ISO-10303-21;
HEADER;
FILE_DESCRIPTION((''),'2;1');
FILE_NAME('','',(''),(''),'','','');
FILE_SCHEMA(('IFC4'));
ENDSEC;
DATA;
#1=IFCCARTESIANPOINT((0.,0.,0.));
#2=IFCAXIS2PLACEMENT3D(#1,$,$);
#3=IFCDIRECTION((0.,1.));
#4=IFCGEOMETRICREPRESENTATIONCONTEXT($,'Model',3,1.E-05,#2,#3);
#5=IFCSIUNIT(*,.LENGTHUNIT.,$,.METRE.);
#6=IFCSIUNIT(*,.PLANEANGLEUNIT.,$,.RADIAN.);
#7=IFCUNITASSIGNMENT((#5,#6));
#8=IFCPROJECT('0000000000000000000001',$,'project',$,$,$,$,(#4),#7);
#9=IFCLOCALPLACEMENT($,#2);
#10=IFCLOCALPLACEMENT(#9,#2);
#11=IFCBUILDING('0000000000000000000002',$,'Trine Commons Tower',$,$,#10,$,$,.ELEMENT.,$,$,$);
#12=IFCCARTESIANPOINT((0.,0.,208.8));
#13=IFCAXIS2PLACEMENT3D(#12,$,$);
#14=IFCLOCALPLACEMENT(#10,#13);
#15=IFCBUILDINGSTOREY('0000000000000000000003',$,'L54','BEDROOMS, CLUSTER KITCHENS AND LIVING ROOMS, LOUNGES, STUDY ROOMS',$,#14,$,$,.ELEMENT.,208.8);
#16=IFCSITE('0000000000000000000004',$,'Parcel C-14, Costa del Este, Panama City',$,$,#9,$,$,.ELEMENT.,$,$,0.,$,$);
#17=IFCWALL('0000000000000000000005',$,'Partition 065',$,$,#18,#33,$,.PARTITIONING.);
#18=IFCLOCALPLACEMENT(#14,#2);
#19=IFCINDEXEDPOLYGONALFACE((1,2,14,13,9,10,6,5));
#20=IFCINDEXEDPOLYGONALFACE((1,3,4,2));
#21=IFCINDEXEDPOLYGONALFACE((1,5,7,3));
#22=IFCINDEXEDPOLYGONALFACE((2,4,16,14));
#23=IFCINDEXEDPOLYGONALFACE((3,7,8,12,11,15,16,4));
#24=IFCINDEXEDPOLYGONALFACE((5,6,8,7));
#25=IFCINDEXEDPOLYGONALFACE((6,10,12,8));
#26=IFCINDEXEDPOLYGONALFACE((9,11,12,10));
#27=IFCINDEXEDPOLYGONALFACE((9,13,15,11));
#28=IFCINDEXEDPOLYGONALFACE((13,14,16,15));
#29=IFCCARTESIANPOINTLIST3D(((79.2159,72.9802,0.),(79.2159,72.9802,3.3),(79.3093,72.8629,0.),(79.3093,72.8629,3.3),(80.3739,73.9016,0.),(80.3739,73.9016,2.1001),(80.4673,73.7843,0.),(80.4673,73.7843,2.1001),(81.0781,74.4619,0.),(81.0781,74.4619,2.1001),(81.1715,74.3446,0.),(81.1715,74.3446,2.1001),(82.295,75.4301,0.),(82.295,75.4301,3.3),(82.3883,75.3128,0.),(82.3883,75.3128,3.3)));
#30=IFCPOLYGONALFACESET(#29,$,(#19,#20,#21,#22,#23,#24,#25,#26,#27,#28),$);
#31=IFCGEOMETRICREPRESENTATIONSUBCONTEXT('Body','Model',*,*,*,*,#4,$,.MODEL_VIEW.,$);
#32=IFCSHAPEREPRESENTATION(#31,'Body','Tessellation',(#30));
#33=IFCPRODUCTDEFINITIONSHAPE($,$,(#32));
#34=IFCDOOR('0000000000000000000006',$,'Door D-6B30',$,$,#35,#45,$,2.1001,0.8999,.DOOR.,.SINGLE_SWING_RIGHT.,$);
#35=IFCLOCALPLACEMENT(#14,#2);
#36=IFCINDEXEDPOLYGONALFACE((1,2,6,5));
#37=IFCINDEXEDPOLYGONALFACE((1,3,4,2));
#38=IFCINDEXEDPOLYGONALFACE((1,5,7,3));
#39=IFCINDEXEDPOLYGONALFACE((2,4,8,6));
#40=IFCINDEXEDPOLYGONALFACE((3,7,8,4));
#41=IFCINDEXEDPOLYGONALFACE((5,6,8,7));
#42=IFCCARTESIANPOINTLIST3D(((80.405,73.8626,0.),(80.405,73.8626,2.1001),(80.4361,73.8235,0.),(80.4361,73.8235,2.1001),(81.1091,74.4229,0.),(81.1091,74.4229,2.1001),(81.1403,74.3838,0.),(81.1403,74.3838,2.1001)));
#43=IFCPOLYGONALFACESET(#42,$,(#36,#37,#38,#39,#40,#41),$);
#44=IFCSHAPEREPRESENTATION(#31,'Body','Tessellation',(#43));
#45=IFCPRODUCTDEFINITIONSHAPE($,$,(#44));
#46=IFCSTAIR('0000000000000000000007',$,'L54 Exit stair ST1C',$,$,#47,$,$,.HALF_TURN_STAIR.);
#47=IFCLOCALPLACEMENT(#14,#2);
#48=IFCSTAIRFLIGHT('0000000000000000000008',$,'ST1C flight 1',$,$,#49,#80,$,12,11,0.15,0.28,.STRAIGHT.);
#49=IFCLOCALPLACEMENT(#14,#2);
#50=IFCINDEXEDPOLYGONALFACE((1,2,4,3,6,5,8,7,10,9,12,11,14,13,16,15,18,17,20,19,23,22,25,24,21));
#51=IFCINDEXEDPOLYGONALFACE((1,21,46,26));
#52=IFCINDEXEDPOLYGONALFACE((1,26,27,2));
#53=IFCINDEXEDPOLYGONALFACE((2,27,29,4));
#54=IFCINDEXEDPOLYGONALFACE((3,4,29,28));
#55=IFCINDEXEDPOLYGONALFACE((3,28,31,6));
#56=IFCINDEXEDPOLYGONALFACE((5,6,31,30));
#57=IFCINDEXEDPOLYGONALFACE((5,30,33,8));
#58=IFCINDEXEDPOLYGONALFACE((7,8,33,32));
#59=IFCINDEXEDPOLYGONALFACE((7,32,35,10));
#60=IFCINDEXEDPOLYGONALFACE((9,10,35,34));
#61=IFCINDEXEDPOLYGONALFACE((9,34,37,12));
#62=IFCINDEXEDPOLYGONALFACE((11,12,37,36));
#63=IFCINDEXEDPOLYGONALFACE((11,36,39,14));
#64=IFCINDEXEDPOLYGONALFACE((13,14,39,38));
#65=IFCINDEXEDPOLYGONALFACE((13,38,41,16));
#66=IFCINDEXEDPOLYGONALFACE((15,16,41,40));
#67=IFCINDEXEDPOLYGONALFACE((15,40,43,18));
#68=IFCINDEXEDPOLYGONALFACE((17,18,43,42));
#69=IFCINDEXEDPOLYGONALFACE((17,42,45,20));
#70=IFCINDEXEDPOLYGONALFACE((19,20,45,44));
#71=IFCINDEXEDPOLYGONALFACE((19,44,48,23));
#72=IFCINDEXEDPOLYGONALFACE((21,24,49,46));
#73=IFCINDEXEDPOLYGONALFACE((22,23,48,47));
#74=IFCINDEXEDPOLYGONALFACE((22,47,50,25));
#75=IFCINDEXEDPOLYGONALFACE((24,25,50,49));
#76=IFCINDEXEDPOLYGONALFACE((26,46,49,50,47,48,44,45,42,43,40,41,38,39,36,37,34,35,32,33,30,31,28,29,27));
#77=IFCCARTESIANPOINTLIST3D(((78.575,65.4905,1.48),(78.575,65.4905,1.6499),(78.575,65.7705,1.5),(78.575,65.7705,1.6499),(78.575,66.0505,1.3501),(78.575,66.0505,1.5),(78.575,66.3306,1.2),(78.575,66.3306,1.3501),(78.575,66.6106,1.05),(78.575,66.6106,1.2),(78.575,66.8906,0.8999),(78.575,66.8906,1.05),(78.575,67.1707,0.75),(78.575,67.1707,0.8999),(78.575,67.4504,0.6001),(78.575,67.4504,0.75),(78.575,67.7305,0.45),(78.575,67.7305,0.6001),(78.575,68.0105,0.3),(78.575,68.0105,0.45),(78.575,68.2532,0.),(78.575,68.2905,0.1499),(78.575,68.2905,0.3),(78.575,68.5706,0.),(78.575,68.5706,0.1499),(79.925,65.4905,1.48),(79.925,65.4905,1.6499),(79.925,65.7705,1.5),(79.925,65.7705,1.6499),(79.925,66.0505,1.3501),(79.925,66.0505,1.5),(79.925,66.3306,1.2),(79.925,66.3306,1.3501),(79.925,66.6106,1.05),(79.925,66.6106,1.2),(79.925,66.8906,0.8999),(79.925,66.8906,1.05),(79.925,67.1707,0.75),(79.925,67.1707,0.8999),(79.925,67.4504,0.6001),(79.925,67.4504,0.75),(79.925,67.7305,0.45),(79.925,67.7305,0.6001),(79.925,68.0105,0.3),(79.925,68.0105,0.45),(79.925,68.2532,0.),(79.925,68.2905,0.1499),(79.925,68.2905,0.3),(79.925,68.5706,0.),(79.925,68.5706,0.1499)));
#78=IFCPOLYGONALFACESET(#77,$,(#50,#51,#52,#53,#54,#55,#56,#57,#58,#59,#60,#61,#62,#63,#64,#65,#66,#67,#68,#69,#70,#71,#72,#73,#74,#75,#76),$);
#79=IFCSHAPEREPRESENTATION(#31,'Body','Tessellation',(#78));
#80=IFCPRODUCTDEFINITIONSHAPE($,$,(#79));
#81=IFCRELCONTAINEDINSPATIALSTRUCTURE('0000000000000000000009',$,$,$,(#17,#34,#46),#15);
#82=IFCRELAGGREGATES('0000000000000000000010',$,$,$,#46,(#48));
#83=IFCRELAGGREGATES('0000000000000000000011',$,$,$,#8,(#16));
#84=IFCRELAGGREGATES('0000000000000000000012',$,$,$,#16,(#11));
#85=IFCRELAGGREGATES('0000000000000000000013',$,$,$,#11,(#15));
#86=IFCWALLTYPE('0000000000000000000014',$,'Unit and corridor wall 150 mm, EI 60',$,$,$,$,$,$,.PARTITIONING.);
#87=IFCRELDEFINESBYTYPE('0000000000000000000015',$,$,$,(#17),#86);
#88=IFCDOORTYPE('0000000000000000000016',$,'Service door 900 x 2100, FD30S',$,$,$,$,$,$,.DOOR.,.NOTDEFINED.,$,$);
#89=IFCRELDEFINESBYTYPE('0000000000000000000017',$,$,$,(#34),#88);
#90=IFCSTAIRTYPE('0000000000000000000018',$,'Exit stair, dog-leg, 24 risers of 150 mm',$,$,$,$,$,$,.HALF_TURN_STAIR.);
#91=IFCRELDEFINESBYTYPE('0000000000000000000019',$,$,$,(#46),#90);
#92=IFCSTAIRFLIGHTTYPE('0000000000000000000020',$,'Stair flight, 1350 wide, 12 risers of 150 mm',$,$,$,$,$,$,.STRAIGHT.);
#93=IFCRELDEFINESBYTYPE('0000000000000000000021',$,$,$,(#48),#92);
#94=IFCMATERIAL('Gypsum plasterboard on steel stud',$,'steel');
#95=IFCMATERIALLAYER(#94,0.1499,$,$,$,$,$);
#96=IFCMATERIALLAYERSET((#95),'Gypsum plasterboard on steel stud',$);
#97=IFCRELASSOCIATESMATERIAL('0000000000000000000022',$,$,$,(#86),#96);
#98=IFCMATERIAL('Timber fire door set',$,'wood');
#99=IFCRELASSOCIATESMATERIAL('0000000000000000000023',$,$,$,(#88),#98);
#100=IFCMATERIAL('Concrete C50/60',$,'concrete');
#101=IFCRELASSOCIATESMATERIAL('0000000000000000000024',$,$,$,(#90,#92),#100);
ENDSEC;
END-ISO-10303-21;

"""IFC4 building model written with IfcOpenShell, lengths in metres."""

from ifc_helpers import new_model, si_unit, direction, frame, frame_2d, origin, place, context, subcontext, project, spatial, polyline, rectangle, outline, extrude, material, layer, layer_set, type_object, element, fill, aggregate, save


model = new_model("IFC4")

# Units and contexts
model_context = context("Model", 3, precision=1e-05, world=origin(), true_north=direction((0.0, 1.0)))
body_context = subcontext(model_context, "Body", "Model", "MODEL_VIEW")
ifc_project = project(units=[si_unit("LENGTHUNIT", "METRE"), si_unit("PLANEANGLEUNIT", "RADIAN")], contexts=[model_context])

# Site, building, storey
site_placement = place(None, origin())
site = spatial("IfcSite", under=ifc_project, at=site_placement, Name="Parcel C-14, Costa del Este, Panama City", CompositionType="ELEMENT", RefElevation=0.0)
building_placement = place(site_placement, origin())
building = spatial("IfcBuilding", under=site, at=building_placement, Name="Trine Commons Tower", CompositionType="ELEMENT")
storey_placement = place(building_placement, frame((0.0, 0.0, 208.8)))
storey = spatial("IfcBuildingStorey", under=building, at=storey_placement, Name="L54", Description="BEDROOMS, CLUSTER KITCHENS AND LIVING ROOMS, LOUNGES, STUDY ROOMS", CompositionType="ELEMENT", Elevation=208.8)

# Shared definitions
ifc_material_1 = material(Name="Gypsum plasterboard on steel stud", Category="steel")
ifc_layer_1 = layer(ifc_material_1, 0.1499)
ifc_layer_set_1 = layer_set([ifc_layer_1], Name="Gypsum plasterboard on steel stud")
wall_type_1 = type_object("IfcWallType", Name="Unit and corridor wall 150 mm, EI 60", PredefinedType="PARTITIONING", material=ifc_layer_set_1)

# Shared definitions
ifc_material_2 = material(Name="Timber fire door set", Category="wood")

# Wall, opening, door
wall_1_placement = place(storey_placement, frame((79.2627, 72.9216, 0.0), z_axis=(0.0, 0.0, 1.0), x_axis=(0.782519, 0.622627, 0.0)))
wall_1 = element("IfcWall", 1, at=wall_1_placement, inside=storey, type_object=wall_type_1, Name="Partition 065", PredefinedType="PARTITIONING", context=body_context, shape_type="SweptSolid", body=[
    extrude(rectangle(XDim=3.9348, YDim=0.1499, at=frame_2d((1.9673, 0.0))), origin(), (0.0, 0.0, 1.0), 3.3),
])
opening_1_placement = place(wall_1_placement, frame((1.4797, 0.0, 0.0)))
opening_1 = element("IfcOpeningElement", 2, at=opening_1_placement, cuts=wall_1, PredefinedType="OPENING", context=body_context, shape_type="SweptSolid", body=[
    extrude(rectangle(XDim=0.8999, YDim=2.1001, at=frame_2d((0.45, 1.05))), frame((0.0, 0.085, 0.0), z_axis=(0.0, -1.0, 0.0), x_axis=(1.0, 0.0, 0.0)), (0.0, 0.0, 1.0), 0.1699),
])
door_type_1 = type_object("IfcDoorType", Name="Service door 900 x 2100, FD30S", OperationType="NOTDEFINED", PredefinedType="DOOR", material=ifc_material_2)
door_1_placement = place(opening_1_placement, frame((0.8999, 0.0, 0.0), z_axis=(0.0, 0.0, 1.0), x_axis=(-1.0, 0.0, 0.0)))
door_1 = element("IfcDoor", 3, at=door_1_placement, inside=storey, type_object=door_type_1, Name="Door D-6B30", OperationType="SINGLE_SWING_RIGHT", OverallHeight=2.1001, OverallWidth=0.8999, PredefinedType="DOOR", context=body_context, shape_type="SweptSolid", body=[
    extrude(rectangle(XDim=0.8999, YDim=2.1001, at=frame_2d((0.45, 1.05))), frame((0.0, 0.0249, 0.0), z_axis=(0.0, -1.0, 0.0), x_axis=(1.0, 0.0, 0.0)), (0.0, 0.0, 1.0), 0.05),
])
fill(opening_1, door_1)

# Stair, stair flight
ifc_material_3 = material(Name="Concrete C50/60", Category="concrete")
stair_type = type_object("IfcStairType", Name="Exit stair, dog-leg, 24 risers of 150 mm", PredefinedType="HALF_TURN_STAIR", material=ifc_material_3)
stair_placement = place(storey_placement, origin())
stair = element("IfcStair", 4, at=stair_placement, inside=storey, type_object=stair_type, Name="L54 Exit stair ST1C", PredefinedType="HALF_TURN_STAIR")
stair_flight_type = type_object("IfcStairFlightType", Name="Stair flight, 1350 wide, 12 risers of 150 mm", PredefinedType="STRAIGHT", material=ifc_material_3)
stair_flight_placement = place(storey_placement, frame((79.25, 68.5706, 0.0), z_axis=(0.0, 0.0, 1.0), x_axis=(0.0, -1.0, 0.0)))
stair_flight = element("IfcStairFlight", 5, at=stair_flight_placement, type_object=stair_flight_type, Name="ST1C flight 1", NumberOfRisers=12, NumberOfTreads=11, PredefinedType="STRAIGHT", RiserHeight=0.15, TreadLength=0.28, context=body_context, shape_type="SweptSolid", body=[
    extrude(outline(polyline([(0.0, 0.0), (0.0, 0.1499), (0.28, 0.1499), (0.28, 0.3), (0.5601, 0.3), (0.5601, 0.45), (0.8401, 0.45), (0.8401, 0.6001), (1.1201, 0.6001), (1.1201, 0.75), (1.3999, 0.75), (1.3999, 0.8999), (1.6799, 0.8999), (1.6799, 1.05), (1.96, 1.05), (1.96, 1.2), (2.24, 1.2), (2.24, 1.3501), (2.52, 1.3501), (2.52, 1.5), (2.8, 1.5), (2.8, 1.6499), (3.0801, 1.6499), (3.0801, 1.8), (3.0801, 1.48), (0.3174, 0.0), (0.0, 0.0)])), frame((0.0, 0.675, 0.0), z_axis=(0.0, -1.0, 0.0), x_axis=(1.0, 0.0, 0.0)), (0.0, 0.0, 1.0), 1.3501),
])
aggregate(stair, [stair_flight])

save(model, "model.ifc")
